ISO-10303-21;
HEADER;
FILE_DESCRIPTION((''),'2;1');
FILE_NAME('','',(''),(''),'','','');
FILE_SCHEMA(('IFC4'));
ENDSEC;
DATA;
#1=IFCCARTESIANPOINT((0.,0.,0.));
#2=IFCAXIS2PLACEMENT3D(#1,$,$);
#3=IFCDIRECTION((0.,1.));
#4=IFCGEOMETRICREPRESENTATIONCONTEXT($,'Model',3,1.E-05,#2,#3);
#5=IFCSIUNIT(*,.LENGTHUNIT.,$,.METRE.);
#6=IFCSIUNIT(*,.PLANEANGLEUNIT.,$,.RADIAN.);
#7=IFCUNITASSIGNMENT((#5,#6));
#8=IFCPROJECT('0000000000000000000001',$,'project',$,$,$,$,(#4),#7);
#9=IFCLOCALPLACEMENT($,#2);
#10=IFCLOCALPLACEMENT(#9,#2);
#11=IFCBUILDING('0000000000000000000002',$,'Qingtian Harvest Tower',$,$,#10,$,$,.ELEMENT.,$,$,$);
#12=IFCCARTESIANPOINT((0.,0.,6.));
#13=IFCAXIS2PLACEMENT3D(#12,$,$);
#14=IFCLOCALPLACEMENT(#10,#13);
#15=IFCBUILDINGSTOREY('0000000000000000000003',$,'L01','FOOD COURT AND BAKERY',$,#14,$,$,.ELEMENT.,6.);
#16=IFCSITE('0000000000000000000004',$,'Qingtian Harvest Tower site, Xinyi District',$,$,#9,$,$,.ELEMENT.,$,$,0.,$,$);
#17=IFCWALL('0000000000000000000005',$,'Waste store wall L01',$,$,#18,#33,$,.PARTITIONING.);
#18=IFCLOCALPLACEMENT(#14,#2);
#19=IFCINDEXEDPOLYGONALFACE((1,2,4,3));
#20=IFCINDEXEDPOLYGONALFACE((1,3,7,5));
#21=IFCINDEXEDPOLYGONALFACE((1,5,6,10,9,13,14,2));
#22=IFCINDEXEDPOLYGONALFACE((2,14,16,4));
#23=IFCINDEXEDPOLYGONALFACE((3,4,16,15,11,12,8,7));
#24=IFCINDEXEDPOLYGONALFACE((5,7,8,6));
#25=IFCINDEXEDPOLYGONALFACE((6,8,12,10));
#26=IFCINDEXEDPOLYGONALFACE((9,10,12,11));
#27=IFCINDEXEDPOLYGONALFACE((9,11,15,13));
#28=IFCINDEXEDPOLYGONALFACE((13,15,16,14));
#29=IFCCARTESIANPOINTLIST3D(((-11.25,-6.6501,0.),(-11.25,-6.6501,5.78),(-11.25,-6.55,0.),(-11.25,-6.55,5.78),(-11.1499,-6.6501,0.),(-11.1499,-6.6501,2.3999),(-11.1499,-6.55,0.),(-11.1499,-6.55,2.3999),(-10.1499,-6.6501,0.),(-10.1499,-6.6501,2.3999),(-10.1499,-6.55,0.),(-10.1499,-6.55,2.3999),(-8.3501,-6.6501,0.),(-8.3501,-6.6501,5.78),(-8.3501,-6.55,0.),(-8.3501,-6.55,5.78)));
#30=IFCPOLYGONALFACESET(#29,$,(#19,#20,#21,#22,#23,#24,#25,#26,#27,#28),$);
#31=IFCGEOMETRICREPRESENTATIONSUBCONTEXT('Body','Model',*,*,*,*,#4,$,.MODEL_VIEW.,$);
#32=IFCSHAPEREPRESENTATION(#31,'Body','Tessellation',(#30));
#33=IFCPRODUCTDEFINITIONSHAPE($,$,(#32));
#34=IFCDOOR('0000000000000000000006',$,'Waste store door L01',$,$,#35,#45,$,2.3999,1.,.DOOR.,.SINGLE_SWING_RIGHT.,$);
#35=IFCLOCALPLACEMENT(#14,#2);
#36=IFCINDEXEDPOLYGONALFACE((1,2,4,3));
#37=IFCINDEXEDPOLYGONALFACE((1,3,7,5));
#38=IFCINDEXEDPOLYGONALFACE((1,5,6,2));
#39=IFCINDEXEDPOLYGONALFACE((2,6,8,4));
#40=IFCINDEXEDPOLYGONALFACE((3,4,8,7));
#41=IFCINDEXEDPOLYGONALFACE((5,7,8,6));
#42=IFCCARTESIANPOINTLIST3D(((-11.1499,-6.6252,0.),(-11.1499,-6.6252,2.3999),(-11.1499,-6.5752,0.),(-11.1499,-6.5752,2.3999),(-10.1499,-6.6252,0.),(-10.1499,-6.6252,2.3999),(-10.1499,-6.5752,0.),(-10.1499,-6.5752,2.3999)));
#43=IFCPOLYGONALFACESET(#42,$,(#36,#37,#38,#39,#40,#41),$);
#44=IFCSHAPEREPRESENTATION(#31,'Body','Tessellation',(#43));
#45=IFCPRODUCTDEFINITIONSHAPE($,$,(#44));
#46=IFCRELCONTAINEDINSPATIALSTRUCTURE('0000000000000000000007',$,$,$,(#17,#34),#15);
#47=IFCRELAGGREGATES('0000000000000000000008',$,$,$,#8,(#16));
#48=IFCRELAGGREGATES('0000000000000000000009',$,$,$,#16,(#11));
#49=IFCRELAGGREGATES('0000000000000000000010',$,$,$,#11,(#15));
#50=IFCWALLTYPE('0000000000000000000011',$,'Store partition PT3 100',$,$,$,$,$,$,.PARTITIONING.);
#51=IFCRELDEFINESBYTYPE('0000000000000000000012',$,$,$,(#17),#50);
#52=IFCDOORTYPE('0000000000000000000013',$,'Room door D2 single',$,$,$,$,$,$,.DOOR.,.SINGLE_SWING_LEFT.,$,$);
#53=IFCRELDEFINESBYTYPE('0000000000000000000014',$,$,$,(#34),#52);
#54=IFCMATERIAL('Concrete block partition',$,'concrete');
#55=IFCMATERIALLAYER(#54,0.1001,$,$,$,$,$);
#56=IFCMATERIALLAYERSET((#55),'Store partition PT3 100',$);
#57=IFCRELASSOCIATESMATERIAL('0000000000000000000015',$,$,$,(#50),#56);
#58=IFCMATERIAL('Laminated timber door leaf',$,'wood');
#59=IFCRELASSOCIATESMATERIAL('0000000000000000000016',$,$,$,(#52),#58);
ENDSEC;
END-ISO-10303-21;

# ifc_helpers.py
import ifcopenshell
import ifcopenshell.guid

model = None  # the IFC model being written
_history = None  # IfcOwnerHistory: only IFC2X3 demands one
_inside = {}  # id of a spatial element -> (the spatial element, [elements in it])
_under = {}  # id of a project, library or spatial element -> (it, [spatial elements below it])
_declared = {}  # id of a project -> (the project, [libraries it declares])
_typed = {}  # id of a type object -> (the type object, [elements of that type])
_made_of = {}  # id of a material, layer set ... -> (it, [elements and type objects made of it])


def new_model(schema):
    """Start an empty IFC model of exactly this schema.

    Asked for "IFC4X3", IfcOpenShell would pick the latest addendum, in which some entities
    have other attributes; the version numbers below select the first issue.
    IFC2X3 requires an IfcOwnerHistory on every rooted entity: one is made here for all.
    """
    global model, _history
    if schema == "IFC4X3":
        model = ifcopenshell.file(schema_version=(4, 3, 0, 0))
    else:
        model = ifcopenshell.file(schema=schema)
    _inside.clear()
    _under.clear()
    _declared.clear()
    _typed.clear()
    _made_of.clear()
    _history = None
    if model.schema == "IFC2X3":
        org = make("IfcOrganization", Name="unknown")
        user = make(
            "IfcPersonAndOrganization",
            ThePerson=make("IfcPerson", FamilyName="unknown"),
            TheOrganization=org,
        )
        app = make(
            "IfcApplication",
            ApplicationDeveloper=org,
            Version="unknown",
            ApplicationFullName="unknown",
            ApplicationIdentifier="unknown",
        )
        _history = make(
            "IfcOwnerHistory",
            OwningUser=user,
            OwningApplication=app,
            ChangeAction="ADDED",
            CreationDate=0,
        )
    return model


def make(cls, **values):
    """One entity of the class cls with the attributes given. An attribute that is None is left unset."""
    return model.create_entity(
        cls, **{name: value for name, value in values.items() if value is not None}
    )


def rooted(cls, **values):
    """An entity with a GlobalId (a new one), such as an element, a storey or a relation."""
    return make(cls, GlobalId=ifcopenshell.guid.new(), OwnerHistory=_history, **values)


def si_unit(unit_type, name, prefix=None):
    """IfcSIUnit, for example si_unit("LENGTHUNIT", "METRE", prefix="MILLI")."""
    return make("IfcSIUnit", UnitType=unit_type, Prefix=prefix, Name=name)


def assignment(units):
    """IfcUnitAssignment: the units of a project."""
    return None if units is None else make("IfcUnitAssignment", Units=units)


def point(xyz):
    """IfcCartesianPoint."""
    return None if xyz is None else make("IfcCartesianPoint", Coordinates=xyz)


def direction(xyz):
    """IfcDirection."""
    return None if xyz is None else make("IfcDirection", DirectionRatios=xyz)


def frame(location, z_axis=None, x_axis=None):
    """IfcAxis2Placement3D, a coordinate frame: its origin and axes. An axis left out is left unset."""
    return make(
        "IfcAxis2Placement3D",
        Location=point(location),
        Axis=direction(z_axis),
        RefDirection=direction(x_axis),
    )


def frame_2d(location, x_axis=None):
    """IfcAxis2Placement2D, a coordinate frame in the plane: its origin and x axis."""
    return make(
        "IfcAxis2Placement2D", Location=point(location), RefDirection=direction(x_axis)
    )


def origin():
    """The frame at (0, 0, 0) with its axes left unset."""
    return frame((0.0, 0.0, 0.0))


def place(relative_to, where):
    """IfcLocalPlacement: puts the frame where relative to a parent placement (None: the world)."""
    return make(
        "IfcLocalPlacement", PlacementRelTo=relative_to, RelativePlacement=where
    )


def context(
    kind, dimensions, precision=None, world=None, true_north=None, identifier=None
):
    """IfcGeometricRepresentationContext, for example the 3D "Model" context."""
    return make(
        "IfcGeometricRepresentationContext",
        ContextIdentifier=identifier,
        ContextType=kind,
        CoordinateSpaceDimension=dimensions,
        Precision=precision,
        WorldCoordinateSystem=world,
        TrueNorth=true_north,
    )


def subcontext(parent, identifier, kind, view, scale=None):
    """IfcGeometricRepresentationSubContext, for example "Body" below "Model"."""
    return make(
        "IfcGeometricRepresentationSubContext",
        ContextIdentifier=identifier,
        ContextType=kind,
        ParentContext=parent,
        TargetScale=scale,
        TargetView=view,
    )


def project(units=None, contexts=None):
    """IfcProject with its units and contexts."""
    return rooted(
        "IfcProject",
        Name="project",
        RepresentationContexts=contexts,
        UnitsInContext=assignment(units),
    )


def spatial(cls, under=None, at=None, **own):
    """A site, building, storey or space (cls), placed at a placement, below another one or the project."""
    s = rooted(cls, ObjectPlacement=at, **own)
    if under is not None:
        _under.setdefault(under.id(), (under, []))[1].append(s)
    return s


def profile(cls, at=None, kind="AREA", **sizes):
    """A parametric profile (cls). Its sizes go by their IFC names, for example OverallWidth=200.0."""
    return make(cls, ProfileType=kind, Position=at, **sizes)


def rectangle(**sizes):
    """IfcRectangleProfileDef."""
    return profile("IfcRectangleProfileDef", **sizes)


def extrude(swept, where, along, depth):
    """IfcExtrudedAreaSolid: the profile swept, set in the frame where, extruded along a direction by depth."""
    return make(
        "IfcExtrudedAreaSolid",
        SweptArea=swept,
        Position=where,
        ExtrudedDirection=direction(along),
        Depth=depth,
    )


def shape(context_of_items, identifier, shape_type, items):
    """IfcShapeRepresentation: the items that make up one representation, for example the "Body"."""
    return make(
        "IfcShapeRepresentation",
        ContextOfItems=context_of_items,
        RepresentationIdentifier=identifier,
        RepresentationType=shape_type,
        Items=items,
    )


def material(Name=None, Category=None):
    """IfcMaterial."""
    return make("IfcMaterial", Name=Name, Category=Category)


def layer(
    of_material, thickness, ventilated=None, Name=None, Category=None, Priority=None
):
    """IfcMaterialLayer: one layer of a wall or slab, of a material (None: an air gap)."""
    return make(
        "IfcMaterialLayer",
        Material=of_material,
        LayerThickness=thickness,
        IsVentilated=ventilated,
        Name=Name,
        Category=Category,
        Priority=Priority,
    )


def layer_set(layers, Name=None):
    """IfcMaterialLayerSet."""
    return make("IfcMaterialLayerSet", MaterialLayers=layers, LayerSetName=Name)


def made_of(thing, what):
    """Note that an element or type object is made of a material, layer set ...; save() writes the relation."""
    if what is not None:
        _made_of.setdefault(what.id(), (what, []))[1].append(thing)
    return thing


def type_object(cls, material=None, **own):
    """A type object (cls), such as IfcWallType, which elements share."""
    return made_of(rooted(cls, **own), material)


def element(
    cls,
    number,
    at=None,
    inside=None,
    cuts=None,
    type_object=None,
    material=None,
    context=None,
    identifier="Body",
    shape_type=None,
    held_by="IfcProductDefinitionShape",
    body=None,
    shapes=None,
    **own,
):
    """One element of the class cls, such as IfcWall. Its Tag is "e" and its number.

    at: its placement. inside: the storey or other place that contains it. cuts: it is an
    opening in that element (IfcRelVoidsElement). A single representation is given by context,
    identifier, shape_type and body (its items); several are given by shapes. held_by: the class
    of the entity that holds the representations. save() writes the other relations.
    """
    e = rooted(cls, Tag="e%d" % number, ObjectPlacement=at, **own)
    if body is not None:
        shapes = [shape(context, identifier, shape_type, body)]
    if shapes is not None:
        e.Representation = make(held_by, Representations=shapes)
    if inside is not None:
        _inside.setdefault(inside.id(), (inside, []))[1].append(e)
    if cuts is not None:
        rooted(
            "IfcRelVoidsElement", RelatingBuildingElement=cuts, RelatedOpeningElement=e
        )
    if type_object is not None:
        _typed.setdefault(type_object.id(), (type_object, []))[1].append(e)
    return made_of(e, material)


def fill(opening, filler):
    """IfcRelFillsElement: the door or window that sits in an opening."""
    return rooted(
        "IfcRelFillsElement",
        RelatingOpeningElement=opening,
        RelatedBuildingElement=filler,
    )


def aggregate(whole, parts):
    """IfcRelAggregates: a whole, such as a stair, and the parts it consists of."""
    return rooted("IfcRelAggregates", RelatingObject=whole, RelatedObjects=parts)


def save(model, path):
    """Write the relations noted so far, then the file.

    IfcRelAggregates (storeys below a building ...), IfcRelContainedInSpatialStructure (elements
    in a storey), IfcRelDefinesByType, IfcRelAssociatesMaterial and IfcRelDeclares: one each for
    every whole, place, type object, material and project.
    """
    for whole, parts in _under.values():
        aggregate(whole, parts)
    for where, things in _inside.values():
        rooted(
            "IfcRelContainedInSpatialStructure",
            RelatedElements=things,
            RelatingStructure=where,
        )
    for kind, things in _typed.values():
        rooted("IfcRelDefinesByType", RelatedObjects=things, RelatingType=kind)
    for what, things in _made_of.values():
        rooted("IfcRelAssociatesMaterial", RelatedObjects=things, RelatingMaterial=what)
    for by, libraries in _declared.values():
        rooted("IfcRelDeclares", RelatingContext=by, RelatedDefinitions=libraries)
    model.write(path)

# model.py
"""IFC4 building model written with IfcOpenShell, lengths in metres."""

from ifc_helpers import new_model, si_unit, direction, frame, frame_2d, origin, place, context, subcontext, project, spatial, rectangle, extrude, material, layer, layer_set, type_object, element, fill, save


model = new_model("IFC4")

# Units and contexts
model_context = context("Model", 3, precision=1e-05, world=origin(), true_north=direction((0.0, 1.0)))
body_context = subcontext(model_context, "Body", "Model", "MODEL_VIEW")
ifc_project = project(units=[si_unit("LENGTHUNIT", "METRE"), si_unit("PLANEANGLEUNIT", "RADIAN")], contexts=[model_context])

# Site, building, storey
site_placement = place(None, origin())
site = spatial("IfcSite", under=ifc_project, at=site_placement, Name="Qingtian Harvest Tower site, Xinyi District", CompositionType="ELEMENT", RefElevation=0.0)
building_placement = place(site_placement, origin())
building = spatial("IfcBuilding", under=site, at=building_placement, Name="Qingtian Harvest Tower", CompositionType="ELEMENT")
storey_placement = place(building_placement, frame((0.0, 0.0, 6.0)))
storey = spatial("IfcBuildingStorey", under=building, at=storey_placement, Name="L01", Description="FOOD COURT AND BAKERY", CompositionType="ELEMENT", Elevation=6.0)

# Wall, opening, door
ifc_material_1 = material(Name="Concrete block partition", Category="concrete")
ifc_layer_1 = layer(ifc_material_1, 0.1001)
ifc_layer_set_1 = layer_set([ifc_layer_1], Name="Store partition PT3 100")
wall_type_1 = type_object("IfcWallType", Name="Store partition PT3 100", PredefinedType="PARTITIONING", material=ifc_layer_set_1)
wall_1_placement = place(storey_placement, frame((-11.25, -6.6001, 0.0), z_axis=(0.0, 0.0, 1.0), x_axis=(1.0, 0.0, 0.0)))
wall_1 = element("IfcWall", 1, at=wall_1_placement, inside=storey, type_object=wall_type_1, Name="Waste store wall L01", PredefinedType="PARTITIONING", context=body_context, shape_type="SweptSolid", body=[
    extrude(rectangle(XDim=2.8999, YDim=0.1001, at=frame_2d((1.45, 0.0))), origin(), (0.0, 0.0, 1.0), 5.78),
])
opening_1_placement = place(wall_1_placement, frame((0.1001, 0.0, 0.0)))
opening_1 = element("IfcOpeningElement", 2, at=opening_1_placement, cuts=wall_1, PredefinedType="OPENING", context=body_context, shape_type="SweptSolid", body=[
    extrude(rectangle(XDim=1.0, YDim=2.3999, at=frame_2d((0.5, 1.2))), frame((0.0, 0.0601, 0.0), z_axis=(0.0, -1.0, 0.0), x_axis=(1.0, 0.0, 0.0)), (0.0, 0.0, 1.0), 0.1201),
])
ifc_material_2 = material(Name="Laminated timber door leaf", Category="wood")
door_type_1 = type_object("IfcDoorType", Name="Room door D2 single", OperationType="SINGLE_SWING_LEFT", PredefinedType="DOOR", material=ifc_material_2)
door_1_placement = place(opening_1_placement, origin())
door_1 = element("IfcDoor", 3, at=door_1_placement, inside=storey, type_object=door_type_1, Name="Waste store door L01", OperationType="SINGLE_SWING_RIGHT", OverallHeight=2.3999, OverallWidth=1.0, PredefinedType="DOOR", context=body_context, shape_type="SweptSolid", body=[
    extrude(rectangle(XDim=1.0, YDim=2.3999, at=frame_2d((0.5, 1.2))), frame((0.0, 0.0249, 0.0), z_axis=(0.0, -1.0, 0.0), x_axis=(1.0, 0.0, 0.0)), (0.0, 0.0, 1.0), 0.05),
])
fill(opening_1, door_1)

save(model, "model.ifc")
